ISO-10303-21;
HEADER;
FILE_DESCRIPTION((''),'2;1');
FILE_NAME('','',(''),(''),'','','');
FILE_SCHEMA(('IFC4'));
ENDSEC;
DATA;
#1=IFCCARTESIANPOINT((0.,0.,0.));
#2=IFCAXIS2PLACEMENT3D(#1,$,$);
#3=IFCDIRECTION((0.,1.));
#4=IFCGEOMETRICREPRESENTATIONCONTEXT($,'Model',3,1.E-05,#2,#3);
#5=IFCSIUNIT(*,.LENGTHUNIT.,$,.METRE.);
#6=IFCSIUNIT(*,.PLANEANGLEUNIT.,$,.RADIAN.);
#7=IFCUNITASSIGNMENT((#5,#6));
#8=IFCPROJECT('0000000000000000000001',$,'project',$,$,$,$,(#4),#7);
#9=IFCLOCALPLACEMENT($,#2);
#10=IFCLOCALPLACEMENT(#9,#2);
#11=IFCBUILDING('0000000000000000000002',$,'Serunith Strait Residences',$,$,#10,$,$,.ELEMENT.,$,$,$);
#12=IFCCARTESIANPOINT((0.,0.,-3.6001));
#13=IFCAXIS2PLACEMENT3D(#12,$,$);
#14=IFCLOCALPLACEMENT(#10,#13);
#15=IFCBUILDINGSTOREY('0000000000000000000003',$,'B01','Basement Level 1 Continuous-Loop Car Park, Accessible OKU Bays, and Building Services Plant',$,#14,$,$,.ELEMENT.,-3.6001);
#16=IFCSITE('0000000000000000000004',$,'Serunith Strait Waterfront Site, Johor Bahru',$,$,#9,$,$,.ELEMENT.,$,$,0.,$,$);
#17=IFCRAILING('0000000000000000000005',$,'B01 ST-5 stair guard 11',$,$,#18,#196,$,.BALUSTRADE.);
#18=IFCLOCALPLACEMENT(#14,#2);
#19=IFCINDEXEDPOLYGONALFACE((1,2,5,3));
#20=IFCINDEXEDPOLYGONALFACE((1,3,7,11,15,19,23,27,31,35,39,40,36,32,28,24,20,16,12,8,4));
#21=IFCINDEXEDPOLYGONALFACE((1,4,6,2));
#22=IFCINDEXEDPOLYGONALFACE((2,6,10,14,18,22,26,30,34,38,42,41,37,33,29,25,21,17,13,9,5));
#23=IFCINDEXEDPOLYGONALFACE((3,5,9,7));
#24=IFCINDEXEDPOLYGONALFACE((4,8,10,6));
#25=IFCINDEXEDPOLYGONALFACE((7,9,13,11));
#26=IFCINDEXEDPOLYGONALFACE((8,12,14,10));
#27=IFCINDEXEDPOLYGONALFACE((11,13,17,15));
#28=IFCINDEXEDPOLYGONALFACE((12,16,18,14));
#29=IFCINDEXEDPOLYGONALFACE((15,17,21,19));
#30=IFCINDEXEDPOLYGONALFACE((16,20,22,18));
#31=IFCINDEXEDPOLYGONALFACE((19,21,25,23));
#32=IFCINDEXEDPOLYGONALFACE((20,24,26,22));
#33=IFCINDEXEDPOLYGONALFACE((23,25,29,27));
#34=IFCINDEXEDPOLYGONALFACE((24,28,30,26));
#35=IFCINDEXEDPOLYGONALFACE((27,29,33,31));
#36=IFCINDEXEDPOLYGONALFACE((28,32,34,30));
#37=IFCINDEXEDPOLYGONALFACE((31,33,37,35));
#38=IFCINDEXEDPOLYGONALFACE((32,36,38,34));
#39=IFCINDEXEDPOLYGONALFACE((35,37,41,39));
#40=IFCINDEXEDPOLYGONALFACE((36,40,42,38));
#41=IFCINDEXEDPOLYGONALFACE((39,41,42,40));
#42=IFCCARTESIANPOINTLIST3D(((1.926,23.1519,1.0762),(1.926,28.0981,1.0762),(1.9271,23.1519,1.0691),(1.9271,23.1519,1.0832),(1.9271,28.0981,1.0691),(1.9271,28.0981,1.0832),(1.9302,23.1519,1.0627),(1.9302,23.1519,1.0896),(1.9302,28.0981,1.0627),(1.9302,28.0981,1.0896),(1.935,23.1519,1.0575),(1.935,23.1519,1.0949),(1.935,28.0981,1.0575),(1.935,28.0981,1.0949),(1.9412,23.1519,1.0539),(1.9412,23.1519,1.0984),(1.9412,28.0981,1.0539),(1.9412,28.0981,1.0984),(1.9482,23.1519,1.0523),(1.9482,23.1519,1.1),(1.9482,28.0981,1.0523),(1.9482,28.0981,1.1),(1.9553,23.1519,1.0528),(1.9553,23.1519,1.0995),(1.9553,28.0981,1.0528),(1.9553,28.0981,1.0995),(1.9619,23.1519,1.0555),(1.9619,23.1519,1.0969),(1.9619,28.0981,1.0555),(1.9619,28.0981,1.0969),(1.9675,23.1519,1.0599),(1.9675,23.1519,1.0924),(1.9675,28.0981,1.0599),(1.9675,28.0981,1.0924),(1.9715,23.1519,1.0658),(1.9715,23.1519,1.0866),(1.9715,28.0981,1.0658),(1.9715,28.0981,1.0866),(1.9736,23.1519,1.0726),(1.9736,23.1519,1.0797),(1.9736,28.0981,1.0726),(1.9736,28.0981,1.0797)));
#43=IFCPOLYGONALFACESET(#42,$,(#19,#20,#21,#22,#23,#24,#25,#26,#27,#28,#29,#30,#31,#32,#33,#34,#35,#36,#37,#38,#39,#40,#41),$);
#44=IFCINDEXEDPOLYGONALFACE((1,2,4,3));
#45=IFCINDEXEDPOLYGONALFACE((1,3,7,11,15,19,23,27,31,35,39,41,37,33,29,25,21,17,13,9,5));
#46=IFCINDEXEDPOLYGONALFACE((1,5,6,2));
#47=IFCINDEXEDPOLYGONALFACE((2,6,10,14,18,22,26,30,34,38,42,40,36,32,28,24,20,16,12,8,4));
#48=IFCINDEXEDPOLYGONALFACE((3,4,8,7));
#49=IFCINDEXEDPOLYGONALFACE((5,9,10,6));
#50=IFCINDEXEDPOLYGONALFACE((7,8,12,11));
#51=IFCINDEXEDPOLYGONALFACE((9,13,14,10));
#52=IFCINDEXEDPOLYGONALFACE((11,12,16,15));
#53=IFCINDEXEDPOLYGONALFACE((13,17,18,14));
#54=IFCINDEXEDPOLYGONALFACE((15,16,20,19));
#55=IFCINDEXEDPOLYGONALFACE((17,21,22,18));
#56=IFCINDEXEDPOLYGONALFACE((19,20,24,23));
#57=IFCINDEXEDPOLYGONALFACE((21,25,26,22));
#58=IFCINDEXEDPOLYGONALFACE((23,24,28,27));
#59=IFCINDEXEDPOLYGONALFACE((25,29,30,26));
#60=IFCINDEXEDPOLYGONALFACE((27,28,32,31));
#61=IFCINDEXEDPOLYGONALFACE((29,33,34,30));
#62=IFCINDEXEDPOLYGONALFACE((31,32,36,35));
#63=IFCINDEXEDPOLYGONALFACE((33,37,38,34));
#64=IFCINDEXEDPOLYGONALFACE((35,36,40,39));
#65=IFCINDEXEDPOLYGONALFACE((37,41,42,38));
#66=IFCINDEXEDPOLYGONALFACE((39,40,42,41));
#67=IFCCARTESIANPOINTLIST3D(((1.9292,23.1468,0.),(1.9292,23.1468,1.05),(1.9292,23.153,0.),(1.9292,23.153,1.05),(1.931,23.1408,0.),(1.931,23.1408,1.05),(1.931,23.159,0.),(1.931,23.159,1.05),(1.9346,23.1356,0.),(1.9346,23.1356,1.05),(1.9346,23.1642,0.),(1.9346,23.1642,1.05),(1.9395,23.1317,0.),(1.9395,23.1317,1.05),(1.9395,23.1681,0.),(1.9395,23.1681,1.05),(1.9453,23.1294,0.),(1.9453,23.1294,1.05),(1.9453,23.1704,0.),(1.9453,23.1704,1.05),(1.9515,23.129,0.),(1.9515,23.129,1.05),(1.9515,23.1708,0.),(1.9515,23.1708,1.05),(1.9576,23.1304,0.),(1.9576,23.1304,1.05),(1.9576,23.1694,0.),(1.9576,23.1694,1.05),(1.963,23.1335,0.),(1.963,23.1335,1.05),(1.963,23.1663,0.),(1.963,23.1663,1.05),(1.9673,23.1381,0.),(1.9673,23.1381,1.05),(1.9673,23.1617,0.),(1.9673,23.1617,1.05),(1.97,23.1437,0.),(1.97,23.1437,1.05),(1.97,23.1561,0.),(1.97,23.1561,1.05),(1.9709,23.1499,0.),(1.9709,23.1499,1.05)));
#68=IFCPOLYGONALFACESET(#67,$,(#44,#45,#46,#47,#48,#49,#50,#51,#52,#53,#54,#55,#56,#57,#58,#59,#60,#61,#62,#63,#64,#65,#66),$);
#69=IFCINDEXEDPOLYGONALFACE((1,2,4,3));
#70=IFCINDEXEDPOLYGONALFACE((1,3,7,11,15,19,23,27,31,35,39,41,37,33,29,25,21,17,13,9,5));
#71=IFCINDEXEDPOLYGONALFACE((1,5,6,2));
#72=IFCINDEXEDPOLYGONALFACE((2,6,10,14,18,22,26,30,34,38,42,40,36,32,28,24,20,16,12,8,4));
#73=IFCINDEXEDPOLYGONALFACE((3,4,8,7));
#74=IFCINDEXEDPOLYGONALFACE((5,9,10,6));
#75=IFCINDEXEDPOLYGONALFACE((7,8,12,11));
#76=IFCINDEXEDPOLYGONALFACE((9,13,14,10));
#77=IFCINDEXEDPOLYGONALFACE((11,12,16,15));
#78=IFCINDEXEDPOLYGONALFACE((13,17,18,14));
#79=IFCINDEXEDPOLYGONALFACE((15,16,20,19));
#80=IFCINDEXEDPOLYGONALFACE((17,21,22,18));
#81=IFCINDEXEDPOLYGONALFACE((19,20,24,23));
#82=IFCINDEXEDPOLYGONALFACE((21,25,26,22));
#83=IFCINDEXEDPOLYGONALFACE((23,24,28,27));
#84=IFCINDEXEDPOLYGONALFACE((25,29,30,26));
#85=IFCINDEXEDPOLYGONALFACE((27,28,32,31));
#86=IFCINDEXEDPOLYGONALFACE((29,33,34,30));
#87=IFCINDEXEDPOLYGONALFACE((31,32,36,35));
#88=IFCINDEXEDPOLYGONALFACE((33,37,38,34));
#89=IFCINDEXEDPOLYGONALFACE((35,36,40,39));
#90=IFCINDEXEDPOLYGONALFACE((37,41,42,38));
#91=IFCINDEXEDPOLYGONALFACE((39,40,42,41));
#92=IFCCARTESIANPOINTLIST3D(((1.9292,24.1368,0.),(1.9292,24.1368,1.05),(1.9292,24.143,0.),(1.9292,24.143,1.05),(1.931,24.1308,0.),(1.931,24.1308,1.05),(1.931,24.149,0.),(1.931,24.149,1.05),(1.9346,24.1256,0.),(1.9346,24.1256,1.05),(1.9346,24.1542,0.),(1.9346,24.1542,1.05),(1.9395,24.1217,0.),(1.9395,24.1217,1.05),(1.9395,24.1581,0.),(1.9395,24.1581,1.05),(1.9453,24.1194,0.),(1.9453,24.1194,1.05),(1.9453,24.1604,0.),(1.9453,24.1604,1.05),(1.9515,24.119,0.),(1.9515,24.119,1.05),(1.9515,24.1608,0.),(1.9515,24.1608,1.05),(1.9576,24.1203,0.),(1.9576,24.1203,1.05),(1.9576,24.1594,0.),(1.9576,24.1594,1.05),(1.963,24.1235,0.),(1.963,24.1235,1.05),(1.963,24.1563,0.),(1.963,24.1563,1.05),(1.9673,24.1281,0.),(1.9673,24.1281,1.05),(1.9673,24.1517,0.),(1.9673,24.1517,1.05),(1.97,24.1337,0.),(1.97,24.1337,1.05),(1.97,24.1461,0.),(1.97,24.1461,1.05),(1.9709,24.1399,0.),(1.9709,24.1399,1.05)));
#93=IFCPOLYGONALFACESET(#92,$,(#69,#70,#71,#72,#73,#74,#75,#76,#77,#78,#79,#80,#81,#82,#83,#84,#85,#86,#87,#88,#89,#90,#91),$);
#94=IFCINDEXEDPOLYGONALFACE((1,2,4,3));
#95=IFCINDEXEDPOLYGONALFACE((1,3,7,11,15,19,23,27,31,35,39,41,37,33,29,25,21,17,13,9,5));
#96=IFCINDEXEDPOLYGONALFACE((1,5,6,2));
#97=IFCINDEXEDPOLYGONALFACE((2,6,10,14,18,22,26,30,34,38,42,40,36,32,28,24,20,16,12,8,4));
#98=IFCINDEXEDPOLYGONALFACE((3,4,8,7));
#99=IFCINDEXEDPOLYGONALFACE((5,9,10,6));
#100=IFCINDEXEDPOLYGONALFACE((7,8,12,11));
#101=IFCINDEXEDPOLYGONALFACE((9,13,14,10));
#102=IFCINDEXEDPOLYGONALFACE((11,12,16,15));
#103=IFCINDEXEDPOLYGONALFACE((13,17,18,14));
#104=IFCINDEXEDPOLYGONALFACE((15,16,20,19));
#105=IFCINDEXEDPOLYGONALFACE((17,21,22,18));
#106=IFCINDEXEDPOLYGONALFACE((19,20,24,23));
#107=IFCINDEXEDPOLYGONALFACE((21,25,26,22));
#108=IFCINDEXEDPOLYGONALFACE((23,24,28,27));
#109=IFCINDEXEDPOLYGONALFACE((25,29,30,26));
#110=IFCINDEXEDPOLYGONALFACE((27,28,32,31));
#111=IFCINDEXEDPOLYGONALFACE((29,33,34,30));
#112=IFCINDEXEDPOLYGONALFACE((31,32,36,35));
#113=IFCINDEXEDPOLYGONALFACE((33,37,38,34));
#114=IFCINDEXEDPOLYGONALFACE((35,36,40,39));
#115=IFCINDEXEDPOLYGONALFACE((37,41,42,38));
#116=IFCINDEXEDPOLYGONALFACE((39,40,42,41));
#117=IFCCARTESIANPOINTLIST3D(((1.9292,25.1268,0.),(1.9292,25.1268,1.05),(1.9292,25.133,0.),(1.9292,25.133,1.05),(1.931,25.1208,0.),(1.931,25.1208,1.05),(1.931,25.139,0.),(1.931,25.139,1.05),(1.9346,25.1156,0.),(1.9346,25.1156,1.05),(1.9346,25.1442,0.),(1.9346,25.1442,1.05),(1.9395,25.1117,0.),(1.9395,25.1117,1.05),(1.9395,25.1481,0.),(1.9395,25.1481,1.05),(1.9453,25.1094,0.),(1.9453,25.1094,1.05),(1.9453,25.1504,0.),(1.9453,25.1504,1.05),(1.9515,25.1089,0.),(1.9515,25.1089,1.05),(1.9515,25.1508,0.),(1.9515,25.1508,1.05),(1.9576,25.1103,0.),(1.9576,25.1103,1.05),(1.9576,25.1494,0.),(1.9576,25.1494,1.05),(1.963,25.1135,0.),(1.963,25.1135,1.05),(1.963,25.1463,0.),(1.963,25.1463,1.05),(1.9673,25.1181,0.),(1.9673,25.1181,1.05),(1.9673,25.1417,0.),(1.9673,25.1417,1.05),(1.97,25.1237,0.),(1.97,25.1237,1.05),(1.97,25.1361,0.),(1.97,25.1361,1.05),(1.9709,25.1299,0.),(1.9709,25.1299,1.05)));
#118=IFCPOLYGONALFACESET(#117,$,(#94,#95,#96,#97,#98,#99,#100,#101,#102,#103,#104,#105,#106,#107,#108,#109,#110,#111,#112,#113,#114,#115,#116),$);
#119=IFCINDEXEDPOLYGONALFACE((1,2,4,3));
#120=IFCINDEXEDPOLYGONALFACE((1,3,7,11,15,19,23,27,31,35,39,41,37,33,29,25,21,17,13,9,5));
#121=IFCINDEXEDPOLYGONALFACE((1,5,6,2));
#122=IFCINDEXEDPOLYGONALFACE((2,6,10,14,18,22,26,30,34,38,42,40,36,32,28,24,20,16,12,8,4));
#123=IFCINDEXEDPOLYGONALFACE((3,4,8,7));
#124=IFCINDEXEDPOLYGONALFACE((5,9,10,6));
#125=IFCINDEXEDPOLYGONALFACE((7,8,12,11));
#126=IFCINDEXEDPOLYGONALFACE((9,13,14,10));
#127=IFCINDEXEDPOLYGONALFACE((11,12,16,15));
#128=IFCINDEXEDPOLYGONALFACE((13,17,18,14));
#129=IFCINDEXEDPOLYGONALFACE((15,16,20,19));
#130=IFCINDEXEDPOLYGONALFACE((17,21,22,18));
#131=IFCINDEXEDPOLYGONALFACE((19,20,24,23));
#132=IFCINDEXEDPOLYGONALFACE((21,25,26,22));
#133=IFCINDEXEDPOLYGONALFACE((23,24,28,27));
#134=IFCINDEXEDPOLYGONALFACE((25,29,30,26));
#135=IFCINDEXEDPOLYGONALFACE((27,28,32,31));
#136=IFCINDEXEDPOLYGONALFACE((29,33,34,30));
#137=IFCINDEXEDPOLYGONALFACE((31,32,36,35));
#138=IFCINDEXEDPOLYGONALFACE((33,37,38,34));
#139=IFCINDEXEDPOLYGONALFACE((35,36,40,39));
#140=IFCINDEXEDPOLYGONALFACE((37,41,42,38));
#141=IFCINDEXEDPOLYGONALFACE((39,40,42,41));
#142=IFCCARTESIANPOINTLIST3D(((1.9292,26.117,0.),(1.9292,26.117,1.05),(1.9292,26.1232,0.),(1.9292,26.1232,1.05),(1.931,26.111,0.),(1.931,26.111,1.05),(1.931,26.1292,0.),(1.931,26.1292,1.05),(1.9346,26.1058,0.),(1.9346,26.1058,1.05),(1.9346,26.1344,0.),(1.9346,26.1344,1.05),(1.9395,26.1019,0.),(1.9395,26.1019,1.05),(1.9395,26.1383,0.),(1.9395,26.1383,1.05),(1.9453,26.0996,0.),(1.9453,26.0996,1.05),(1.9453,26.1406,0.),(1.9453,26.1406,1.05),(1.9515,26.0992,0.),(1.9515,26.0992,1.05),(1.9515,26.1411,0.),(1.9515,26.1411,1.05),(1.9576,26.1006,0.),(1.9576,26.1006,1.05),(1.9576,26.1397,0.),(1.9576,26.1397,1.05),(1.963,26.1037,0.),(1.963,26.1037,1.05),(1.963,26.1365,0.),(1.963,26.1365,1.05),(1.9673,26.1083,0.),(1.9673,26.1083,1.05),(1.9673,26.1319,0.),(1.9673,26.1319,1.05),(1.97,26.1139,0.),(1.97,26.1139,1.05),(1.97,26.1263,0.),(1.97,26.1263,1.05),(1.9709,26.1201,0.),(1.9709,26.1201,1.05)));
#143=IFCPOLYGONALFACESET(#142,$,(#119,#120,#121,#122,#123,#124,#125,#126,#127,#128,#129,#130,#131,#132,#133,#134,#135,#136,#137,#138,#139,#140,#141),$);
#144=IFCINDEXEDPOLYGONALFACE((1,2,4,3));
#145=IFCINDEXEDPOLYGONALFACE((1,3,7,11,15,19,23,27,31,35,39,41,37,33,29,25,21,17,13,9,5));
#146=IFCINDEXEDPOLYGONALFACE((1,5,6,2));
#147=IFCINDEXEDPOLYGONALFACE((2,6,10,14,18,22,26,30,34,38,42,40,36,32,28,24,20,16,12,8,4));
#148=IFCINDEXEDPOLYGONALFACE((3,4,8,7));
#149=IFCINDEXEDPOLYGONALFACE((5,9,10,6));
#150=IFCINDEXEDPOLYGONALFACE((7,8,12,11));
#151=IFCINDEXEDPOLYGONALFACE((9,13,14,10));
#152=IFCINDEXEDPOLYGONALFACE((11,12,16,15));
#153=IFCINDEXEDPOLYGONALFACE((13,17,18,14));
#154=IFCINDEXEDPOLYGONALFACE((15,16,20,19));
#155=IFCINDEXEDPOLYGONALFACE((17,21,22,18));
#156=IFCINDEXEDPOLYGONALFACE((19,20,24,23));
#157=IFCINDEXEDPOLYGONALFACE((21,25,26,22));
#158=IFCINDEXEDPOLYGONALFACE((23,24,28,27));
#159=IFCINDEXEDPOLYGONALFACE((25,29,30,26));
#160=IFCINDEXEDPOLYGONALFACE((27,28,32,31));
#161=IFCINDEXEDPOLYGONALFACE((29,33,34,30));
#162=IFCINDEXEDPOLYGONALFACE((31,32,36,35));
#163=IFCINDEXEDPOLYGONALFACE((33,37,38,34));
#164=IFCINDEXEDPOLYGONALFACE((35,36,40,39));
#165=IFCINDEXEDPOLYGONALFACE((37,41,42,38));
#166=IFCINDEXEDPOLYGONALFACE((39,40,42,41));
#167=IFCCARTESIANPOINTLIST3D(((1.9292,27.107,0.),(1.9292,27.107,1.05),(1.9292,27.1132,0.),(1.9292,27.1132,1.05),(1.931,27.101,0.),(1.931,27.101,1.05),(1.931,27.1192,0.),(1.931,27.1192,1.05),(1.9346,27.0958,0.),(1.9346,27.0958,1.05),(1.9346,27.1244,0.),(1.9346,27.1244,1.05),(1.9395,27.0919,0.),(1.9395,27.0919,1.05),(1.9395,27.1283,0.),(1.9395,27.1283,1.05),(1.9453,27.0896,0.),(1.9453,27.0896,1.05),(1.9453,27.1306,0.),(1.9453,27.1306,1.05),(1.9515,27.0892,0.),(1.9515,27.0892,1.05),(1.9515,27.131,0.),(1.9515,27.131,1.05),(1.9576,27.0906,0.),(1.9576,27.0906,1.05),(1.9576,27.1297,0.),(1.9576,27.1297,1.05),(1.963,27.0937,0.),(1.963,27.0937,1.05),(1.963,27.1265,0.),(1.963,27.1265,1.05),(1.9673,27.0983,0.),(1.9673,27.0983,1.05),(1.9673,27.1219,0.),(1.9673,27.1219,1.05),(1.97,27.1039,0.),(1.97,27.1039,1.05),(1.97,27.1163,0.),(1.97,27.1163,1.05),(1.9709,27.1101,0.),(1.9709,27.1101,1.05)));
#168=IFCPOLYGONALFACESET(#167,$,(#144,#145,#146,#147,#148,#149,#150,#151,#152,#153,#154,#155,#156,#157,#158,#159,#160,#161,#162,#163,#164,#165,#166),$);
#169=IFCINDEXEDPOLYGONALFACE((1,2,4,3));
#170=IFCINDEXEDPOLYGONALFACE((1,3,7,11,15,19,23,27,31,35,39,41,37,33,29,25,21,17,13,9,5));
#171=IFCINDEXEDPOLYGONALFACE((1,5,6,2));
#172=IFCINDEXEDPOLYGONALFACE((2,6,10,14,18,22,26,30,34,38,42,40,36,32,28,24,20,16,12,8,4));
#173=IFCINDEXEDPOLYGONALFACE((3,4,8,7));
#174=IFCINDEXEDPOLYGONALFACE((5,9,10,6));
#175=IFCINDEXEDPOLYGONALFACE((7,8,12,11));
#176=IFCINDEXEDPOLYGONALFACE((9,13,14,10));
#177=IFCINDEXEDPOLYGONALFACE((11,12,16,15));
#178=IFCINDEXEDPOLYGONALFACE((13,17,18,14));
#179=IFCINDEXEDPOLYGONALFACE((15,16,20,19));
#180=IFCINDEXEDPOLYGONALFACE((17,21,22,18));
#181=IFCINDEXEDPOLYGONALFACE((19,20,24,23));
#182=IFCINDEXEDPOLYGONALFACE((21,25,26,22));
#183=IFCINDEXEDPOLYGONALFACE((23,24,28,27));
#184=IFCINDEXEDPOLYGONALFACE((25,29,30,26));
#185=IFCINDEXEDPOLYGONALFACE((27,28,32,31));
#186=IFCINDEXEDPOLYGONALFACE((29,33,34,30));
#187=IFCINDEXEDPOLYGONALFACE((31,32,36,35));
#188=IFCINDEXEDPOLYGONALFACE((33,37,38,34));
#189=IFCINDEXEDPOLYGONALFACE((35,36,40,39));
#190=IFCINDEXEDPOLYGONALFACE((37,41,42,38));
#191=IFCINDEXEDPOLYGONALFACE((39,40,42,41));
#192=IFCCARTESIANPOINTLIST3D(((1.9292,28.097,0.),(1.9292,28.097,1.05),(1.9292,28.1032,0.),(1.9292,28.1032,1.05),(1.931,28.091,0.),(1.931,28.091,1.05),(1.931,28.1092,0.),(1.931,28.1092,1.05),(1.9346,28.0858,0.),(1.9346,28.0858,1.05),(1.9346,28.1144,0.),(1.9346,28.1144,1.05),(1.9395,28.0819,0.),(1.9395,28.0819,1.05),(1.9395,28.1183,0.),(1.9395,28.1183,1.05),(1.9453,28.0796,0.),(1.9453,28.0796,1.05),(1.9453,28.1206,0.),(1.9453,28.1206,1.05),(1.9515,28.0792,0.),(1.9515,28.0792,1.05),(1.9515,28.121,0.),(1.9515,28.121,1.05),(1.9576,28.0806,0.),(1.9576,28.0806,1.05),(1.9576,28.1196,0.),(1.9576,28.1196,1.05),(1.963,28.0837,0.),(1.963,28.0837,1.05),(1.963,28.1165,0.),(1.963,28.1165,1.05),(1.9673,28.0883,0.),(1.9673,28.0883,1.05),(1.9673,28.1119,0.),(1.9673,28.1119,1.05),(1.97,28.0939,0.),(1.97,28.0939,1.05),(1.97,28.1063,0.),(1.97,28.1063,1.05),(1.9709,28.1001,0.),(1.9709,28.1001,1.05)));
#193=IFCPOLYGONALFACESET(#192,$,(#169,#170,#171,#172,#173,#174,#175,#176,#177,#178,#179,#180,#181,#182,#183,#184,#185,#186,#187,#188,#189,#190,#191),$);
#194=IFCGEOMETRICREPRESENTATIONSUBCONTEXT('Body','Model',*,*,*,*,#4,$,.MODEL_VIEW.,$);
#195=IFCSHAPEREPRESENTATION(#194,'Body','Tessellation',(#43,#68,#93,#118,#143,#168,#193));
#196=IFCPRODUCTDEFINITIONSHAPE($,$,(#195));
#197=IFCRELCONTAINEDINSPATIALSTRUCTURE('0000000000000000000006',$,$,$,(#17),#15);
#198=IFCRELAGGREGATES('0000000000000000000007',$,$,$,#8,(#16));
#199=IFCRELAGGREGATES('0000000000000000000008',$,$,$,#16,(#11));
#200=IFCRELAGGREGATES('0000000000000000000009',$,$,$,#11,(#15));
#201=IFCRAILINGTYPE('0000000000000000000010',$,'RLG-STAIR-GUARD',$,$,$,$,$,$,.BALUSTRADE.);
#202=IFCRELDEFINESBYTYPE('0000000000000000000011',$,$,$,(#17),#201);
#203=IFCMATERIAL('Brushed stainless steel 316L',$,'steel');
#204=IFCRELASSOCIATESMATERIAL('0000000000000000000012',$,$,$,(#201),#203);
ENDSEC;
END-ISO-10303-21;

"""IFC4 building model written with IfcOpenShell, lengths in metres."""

from ifc_helpers import new_model, si_unit, direction, frame, origin, origin_2d, place, context, subcontext, project, spatial, circle, extrude, material, type_object, element, save


model = new_model("IFC4")

# Units and contexts
model_context = context("Model", 3, precision=1e-05, world=origin(), true_north=direction((0.0, 1.0)))
body_context = subcontext(model_context, "Body", "Model", "MODEL_VIEW")
ifc_project = project(units=[si_unit("LENGTHUNIT", "METRE"), si_unit("PLANEANGLEUNIT", "RADIAN")], contexts=[model_context])

# Site, building, storey
site_placement = place(None, origin())
site = spatial("IfcSite", under=ifc_project, at=site_placement, Name="Serunith Strait Waterfront Site, Johor Bahru", CompositionType="ELEMENT", RefElevation=0.0)
building_placement = place(site_placement, origin())
building = spatial("IfcBuilding", under=site, at=building_placement, Name="Serunith Strait Residences", CompositionType="ELEMENT")
storey_placement = place(building_placement, frame((0.0, 0.0, -3.6001)))
storey = spatial("IfcBuildingStorey", under=building, at=storey_placement, Name="B01", Description="Basement Level 1 Continuous-Loop Car Park, Accessible OKU Bays, and Building Services Plant", CompositionType="ELEMENT", Elevation=-3.6001)

# Railing
ifc_material_1 = material(Name="Brushed stainless steel 316L", Category="steel")
railing_type_1 = type_object("IfcRailingType", Name="RLG-STAIR-GUARD", PredefinedType="BALUSTRADE", material=ifc_material_1)
for number, where, name in (
    (1, (1.95, 23.1499, 0.0), "B01 ST-5 stair guard 11"),
):
    element("IfcRailing", number, at=place(storey_placement, frame(where)), inside=storey, type_object=railing_type_1, Name=name, PredefinedType="BALUSTRADE", context=body_context, shape_type="SweptSolid", body=[
        extrude(circle(Radius=0.0239, at=origin_2d()), frame((0.0, 0.002, 1.0762), z_axis=(0.0, 1.0, 0.0), x_axis=(-1.0, 0.0, 0.0)), (0.0, 0.0, 1.0), 4.9463),
        extrude(circle(Radius=0.021, at=origin_2d()), origin(), (0.0, 0.0, 1.0), 1.05),
        extrude(circle(Radius=0.021, at=origin_2d()), frame((0.0, 0.99, 0.0)), (0.0, 0.0, 1.0), 1.05),
        extrude(circle(Radius=0.021, at=origin_2d()), frame((0.0, 1.98, 0.0)), (0.0, 0.0, 1.0), 1.05),
        extrude(circle(Radius=0.021, at=origin_2d()), frame((0.0, 2.9702, 0.0)), (0.0, 0.0, 1.0), 1.05),
        extrude(circle(Radius=0.021, at=origin_2d()), frame((0.0, 3.9602, 0.0)), (0.0, 0.0, 1.0), 1.05),
        extrude(circle(Radius=0.021, at=origin_2d()), frame((0.0, 4.9502, 0.0)), (0.0, 0.0, 1.0), 1.05),
    ])

save(model, "model.ifc")
